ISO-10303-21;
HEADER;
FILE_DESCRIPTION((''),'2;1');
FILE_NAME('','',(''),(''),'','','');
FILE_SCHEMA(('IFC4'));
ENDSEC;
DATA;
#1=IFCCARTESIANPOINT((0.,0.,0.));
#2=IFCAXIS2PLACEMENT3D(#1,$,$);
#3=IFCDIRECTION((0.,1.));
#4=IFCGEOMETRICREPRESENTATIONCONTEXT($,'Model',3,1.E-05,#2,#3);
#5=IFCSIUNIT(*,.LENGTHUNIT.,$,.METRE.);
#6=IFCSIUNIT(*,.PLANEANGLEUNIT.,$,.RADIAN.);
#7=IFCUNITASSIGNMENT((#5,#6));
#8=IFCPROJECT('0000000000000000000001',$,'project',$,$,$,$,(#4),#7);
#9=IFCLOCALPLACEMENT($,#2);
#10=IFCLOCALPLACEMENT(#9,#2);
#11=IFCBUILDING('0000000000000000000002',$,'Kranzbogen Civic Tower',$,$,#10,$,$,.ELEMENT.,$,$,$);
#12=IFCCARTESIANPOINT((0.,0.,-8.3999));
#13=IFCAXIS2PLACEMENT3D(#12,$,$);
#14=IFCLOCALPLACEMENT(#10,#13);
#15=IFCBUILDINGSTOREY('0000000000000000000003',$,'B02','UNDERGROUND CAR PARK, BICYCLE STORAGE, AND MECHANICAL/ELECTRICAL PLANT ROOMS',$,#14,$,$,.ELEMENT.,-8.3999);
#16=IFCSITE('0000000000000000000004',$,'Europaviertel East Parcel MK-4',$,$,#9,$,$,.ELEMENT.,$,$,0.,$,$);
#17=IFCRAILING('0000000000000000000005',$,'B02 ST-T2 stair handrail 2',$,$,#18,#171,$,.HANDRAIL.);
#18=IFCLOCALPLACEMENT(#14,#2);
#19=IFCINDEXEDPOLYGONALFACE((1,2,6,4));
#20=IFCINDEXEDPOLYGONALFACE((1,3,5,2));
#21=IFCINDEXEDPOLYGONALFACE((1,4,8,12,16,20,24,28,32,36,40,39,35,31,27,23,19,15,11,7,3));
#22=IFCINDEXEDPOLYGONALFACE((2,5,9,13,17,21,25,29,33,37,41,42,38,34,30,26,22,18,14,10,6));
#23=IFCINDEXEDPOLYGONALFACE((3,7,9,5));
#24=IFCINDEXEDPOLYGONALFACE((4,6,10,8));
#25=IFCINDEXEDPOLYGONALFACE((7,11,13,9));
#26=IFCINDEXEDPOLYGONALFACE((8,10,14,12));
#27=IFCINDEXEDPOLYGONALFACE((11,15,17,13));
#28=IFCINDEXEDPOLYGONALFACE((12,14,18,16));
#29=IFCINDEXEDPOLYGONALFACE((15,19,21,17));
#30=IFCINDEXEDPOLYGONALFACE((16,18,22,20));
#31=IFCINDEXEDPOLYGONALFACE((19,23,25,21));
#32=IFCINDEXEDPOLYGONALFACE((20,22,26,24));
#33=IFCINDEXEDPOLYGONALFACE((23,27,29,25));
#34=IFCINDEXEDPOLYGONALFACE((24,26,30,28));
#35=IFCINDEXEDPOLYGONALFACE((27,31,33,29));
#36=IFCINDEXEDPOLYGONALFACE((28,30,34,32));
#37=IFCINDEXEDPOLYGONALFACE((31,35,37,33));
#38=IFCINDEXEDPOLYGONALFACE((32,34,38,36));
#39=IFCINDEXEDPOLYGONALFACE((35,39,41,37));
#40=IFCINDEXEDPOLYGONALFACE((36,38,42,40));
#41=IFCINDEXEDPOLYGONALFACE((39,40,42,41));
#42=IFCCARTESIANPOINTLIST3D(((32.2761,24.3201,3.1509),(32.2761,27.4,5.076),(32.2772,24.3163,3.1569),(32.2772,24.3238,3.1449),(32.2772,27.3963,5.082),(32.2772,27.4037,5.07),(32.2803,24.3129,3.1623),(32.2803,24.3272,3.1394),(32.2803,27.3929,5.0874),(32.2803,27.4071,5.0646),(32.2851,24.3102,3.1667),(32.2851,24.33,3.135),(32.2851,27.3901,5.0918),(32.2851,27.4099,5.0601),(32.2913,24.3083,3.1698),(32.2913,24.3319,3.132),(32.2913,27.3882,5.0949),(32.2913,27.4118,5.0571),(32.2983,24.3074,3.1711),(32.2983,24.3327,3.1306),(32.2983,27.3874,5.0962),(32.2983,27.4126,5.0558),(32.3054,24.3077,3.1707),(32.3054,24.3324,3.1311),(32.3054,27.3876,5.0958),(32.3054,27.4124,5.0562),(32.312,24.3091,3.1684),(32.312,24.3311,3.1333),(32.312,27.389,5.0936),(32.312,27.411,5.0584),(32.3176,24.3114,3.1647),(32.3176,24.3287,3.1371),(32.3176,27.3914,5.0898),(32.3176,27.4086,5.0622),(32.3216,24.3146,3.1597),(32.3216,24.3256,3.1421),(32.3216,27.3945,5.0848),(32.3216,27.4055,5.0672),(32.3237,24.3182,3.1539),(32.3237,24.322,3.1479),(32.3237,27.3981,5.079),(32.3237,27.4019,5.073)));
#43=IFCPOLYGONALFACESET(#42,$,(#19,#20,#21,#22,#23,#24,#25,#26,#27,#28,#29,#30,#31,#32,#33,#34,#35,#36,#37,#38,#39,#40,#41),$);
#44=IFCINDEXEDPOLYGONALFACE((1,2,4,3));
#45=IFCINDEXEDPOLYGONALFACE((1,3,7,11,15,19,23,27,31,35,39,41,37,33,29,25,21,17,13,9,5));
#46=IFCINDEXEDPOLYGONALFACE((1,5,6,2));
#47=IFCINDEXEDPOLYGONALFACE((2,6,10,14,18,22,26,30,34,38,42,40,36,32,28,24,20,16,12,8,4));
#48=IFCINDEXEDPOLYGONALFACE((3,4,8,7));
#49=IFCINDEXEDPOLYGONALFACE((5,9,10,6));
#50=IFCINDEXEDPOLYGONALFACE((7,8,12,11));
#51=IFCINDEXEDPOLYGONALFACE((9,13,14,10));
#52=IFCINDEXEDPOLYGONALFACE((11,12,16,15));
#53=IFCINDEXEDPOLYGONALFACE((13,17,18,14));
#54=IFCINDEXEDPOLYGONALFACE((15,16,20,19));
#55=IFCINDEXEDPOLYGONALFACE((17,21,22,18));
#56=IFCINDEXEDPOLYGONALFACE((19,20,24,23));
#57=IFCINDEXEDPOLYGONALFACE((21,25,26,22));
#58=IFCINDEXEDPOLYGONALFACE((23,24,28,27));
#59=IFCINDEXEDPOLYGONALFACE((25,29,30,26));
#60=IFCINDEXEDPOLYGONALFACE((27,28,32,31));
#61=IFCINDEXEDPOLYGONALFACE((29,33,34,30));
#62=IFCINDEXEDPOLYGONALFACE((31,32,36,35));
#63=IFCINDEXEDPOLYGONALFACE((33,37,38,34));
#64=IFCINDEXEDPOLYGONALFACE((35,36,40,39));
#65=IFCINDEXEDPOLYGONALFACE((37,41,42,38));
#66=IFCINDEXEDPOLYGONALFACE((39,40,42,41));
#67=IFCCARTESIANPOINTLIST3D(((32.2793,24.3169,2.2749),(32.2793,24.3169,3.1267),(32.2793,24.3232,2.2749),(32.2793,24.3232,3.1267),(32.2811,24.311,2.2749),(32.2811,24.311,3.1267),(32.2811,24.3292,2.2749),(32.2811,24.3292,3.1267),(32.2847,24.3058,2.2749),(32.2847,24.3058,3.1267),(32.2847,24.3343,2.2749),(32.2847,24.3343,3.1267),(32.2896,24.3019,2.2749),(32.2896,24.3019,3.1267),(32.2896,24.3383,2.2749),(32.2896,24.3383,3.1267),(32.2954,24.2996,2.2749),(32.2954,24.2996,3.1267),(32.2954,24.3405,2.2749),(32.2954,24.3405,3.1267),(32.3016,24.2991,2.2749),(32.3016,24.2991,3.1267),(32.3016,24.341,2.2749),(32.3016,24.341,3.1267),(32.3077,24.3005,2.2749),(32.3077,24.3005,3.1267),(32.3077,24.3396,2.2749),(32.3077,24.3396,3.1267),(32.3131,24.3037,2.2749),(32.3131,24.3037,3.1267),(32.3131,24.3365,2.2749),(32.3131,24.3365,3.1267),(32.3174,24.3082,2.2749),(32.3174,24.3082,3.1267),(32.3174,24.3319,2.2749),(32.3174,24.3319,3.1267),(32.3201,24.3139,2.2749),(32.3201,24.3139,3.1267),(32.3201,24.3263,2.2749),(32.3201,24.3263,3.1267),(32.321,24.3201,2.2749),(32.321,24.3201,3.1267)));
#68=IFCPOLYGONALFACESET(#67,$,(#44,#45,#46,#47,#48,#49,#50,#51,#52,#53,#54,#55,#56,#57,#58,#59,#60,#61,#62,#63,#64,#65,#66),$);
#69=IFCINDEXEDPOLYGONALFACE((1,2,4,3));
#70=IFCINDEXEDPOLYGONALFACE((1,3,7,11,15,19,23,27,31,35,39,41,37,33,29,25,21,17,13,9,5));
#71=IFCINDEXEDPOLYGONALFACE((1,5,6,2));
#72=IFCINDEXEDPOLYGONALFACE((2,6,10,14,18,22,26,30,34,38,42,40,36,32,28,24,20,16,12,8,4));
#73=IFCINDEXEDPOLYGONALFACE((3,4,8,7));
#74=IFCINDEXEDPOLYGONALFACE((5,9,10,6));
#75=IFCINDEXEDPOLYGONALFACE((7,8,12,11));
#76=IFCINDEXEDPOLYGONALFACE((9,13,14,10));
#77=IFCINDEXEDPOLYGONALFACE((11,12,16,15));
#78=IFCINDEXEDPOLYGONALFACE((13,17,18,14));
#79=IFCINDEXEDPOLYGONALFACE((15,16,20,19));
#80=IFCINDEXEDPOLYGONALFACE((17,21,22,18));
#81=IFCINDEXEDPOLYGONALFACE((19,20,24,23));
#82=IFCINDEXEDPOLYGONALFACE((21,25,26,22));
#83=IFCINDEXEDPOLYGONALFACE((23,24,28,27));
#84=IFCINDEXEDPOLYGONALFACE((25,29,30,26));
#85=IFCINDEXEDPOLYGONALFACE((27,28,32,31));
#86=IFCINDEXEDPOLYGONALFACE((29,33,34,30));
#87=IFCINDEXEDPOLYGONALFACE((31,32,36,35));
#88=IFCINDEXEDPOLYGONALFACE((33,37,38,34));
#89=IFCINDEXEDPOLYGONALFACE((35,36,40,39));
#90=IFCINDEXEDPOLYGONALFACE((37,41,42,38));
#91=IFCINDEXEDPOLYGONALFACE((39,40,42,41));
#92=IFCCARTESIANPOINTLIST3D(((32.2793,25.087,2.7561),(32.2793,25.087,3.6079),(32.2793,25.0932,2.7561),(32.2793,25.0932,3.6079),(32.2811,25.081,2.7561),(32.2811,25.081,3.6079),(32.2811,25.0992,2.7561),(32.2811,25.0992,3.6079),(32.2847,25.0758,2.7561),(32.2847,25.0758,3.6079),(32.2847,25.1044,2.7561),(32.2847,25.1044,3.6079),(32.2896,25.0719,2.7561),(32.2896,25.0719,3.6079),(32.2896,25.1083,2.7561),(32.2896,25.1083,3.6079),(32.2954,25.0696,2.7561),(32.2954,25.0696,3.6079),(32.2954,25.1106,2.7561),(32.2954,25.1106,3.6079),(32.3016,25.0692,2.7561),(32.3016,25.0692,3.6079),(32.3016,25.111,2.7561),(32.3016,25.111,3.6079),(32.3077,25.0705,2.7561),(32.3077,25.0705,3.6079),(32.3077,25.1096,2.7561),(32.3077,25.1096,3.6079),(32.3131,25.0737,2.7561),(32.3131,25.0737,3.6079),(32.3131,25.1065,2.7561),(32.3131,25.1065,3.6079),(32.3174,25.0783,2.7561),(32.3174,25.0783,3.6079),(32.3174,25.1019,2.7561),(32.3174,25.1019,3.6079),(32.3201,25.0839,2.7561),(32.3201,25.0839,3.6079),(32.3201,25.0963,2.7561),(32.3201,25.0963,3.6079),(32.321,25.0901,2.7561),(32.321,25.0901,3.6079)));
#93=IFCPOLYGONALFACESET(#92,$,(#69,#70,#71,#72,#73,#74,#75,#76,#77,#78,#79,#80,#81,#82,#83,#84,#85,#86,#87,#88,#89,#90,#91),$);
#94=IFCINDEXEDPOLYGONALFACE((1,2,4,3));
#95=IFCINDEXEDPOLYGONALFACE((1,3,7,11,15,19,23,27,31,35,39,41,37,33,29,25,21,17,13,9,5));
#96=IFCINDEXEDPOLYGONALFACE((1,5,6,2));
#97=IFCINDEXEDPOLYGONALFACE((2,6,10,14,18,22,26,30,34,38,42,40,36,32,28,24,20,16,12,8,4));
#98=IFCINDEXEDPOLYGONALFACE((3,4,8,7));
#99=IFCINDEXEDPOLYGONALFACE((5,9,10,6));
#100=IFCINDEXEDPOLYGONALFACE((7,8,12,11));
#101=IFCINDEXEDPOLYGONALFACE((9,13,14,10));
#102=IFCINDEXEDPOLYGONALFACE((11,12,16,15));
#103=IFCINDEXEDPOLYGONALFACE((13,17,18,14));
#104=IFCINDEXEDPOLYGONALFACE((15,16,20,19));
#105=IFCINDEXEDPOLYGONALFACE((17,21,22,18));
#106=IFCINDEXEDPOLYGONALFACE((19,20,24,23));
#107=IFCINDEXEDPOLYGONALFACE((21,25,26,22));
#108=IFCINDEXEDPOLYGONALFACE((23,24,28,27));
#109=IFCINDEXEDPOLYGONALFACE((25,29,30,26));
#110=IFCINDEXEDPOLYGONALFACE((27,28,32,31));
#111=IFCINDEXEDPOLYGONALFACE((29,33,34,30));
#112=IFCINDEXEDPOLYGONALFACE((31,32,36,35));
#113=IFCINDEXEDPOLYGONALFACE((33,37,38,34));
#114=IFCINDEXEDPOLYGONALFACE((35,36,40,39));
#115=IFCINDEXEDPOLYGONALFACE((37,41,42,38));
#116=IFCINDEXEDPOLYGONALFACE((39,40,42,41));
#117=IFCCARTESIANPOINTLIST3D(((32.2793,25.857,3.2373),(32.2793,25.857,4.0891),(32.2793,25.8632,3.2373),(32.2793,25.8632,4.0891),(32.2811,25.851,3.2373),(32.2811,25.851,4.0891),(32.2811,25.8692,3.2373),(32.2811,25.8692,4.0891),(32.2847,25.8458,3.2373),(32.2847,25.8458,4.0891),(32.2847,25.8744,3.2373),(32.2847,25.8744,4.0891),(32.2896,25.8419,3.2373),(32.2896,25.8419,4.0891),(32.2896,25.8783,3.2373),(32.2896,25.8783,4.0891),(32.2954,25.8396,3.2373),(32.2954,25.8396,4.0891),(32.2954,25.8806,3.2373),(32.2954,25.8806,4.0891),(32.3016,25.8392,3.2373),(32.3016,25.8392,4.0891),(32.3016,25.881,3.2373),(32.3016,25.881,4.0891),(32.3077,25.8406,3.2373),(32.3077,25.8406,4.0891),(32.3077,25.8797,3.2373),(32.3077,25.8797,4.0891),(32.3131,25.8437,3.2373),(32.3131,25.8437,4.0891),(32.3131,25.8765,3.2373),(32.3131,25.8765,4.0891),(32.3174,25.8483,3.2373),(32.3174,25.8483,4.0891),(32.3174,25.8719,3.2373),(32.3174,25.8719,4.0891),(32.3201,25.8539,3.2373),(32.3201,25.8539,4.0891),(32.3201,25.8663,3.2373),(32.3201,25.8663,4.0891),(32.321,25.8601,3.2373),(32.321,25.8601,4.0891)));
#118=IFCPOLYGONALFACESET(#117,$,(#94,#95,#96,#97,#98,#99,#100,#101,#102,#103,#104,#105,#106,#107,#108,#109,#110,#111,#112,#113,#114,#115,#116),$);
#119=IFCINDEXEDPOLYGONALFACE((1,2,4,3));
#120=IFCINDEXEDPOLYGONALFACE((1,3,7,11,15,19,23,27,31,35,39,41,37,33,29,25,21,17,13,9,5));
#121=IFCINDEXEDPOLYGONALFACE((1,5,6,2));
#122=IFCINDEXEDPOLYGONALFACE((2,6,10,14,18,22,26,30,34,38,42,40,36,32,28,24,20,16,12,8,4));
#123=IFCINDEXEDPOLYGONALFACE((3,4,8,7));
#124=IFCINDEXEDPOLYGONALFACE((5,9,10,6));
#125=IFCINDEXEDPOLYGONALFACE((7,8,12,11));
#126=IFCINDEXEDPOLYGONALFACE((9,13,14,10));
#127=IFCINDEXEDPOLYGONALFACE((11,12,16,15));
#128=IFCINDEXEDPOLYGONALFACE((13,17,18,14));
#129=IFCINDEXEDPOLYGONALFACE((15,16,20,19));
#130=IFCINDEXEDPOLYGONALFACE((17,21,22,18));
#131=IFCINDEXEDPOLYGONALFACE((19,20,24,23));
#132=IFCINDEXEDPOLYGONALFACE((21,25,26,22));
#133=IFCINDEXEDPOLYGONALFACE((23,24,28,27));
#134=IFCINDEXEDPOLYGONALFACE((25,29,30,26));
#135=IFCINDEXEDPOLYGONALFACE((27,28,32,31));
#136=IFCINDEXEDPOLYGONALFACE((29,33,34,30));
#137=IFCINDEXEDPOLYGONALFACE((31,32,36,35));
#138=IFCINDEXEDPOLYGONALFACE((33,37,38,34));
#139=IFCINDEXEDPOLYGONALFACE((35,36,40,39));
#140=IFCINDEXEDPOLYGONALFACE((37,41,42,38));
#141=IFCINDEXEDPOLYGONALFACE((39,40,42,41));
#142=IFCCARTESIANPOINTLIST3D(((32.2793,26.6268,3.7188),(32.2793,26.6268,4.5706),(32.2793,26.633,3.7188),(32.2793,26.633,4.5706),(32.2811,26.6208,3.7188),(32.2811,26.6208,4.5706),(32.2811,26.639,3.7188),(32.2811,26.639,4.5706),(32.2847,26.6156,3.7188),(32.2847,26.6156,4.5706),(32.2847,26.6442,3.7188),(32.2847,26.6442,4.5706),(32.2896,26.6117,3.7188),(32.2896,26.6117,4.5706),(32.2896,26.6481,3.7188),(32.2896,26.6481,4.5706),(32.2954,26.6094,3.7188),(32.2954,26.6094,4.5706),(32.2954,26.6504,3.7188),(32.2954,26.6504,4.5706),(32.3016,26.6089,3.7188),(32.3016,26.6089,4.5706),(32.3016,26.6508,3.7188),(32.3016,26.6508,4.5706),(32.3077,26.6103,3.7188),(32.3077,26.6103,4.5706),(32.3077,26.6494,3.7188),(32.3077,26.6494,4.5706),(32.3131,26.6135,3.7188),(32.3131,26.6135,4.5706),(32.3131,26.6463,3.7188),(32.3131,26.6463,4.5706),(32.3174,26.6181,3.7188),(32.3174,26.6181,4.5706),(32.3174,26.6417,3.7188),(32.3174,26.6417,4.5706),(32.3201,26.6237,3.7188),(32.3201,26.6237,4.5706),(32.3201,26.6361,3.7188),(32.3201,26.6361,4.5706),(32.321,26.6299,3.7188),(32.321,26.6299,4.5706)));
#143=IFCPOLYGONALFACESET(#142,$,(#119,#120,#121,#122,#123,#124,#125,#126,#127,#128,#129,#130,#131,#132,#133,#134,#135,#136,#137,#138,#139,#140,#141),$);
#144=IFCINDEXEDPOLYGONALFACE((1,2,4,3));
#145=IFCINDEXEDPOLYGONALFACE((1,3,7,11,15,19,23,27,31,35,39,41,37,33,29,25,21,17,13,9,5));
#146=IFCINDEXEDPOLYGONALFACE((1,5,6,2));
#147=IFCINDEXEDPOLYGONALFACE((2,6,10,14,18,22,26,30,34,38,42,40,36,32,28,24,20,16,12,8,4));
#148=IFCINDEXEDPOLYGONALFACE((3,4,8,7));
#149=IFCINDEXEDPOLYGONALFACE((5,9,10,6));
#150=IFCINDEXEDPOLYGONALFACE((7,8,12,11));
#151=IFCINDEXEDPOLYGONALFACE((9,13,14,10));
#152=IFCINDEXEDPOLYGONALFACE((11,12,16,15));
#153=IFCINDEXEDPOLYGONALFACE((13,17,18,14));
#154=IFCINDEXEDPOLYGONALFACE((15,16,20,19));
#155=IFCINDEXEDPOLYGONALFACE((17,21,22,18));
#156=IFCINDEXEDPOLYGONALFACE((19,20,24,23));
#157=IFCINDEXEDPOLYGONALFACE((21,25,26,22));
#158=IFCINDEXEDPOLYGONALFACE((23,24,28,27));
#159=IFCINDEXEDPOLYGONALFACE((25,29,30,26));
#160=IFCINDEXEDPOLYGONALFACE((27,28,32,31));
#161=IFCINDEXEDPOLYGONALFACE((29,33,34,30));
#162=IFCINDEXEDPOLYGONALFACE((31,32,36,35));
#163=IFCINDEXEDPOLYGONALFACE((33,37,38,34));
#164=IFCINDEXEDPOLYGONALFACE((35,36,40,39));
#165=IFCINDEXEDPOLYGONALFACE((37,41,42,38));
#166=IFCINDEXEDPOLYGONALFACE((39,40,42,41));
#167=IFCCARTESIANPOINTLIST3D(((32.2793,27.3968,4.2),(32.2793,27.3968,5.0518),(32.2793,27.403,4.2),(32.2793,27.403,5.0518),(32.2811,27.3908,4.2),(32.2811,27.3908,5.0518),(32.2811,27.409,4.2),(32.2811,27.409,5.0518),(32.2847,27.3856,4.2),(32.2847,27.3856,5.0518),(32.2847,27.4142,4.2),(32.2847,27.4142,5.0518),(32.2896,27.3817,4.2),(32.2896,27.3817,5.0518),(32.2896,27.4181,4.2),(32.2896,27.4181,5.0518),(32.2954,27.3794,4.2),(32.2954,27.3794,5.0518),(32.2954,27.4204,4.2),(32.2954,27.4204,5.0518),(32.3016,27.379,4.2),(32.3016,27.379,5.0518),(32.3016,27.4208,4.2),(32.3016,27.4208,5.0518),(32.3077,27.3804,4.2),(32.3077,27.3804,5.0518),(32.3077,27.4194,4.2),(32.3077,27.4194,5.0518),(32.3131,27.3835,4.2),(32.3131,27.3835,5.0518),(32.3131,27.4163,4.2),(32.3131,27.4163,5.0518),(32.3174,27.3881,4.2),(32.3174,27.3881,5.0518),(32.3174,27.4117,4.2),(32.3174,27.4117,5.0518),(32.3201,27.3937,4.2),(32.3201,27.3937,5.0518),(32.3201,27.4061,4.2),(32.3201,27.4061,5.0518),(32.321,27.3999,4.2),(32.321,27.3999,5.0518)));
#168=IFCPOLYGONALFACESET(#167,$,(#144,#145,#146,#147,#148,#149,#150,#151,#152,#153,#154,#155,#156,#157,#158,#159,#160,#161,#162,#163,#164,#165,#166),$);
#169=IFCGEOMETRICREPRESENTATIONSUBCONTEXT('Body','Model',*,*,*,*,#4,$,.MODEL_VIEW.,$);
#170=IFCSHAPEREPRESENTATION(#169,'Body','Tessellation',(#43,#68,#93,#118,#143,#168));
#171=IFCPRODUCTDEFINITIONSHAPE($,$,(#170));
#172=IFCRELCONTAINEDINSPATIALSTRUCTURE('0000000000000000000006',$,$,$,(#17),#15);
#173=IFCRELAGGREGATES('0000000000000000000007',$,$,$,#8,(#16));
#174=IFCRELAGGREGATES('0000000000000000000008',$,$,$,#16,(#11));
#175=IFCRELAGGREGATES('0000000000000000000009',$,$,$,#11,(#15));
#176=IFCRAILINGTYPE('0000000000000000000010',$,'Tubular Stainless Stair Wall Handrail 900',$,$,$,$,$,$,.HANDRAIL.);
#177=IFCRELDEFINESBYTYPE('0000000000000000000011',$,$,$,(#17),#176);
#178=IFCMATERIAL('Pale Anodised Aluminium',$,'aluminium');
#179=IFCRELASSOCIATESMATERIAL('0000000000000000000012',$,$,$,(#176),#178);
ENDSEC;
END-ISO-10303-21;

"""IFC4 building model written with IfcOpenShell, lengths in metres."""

from ifc_helpers import new_model, si_unit, direction, frame, origin, origin_2d, place, context, subcontext, project, spatial, circle, extrude, material, type_object, element, save


model = new_model("IFC4")

# Units and contexts
model_context = context("Model", 3, precision=1e-05, world=origin(), true_north=direction((0.0, 1.0)))
body_context = subcontext(model_context, "Body", "Model", "MODEL_VIEW")
ifc_project = project(units=[si_unit("LENGTHUNIT", "METRE"), si_unit("PLANEANGLEUNIT", "RADIAN")], contexts=[model_context])

# Site, building, storey
site_placement = place(None, origin())
site = spatial("IfcSite", under=ifc_project, at=site_placement, Name="Europaviertel East Parcel MK-4", CompositionType="ELEMENT", RefElevation=0.0)
building_placement = place(site_placement, origin())
building = spatial("IfcBuilding", under=site, at=building_placement, Name="Kranzbogen Civic Tower", CompositionType="ELEMENT")
storey_placement = place(building_placement, frame((0.0, 0.0, -8.3999)))
storey = spatial("IfcBuildingStorey", under=building, at=storey_placement, Name="B02", Description="UNDERGROUND CAR PARK, BICYCLE STORAGE, AND MECHANICAL/ELECTRICAL PLANT ROOMS", CompositionType="ELEMENT", Elevation=-8.3999)

# Railing
ifc_material_1 = material(Name="Pale Anodised Aluminium", Category="aluminium")
railing_type_1 = type_object("IfcRailingType", Name="Tubular Stainless Stair Wall Handrail 900", PredefinedType="HANDRAIL", material=ifc_material_1)
railing_1_placement = place(storey_placement, frame((32.3, 24.3201, 2.2749)))
element("IfcRailing", 1, at=railing_1_placement, inside=storey, type_object=railing_type_1, Name="B02 ST-T2 stair handrail 2", PredefinedType="HANDRAIL", context=body_context, shape_type="SweptSolid", body=[
    extrude(circle(Radius=0.0239, at=origin_2d()), frame((0.0, 0.0, 0.876), z_axis=(0.0, 0.847979, 0.530029), x_axis=(-1.0, 0.0, 0.0)), (0.0, 0.0, 1.0), 3.6321),
    extrude(circle(Radius=0.021, at=origin_2d()), origin(), (0.0, 0.0, 1.0), 0.8518),
    extrude(circle(Radius=0.021, at=origin_2d()), frame((0.0, 0.77, 0.4812)), (0.0, 0.0, 1.0), 0.8518),
    extrude(circle(Radius=0.021, at=origin_2d()), frame((0.0, 1.54, 0.9624)), (0.0, 0.0, 1.0), 0.8518),
    extrude(circle(Radius=0.021, at=origin_2d()), frame((0.0, 2.3098, 1.4438)), (0.0, 0.0, 1.0), 0.8518),
    extrude(circle(Radius=0.021, at=origin_2d()), frame((0.0, 3.0798, 1.925)), (0.0, 0.0, 1.0), 0.8518),
])

save(model, "model.ifc")
